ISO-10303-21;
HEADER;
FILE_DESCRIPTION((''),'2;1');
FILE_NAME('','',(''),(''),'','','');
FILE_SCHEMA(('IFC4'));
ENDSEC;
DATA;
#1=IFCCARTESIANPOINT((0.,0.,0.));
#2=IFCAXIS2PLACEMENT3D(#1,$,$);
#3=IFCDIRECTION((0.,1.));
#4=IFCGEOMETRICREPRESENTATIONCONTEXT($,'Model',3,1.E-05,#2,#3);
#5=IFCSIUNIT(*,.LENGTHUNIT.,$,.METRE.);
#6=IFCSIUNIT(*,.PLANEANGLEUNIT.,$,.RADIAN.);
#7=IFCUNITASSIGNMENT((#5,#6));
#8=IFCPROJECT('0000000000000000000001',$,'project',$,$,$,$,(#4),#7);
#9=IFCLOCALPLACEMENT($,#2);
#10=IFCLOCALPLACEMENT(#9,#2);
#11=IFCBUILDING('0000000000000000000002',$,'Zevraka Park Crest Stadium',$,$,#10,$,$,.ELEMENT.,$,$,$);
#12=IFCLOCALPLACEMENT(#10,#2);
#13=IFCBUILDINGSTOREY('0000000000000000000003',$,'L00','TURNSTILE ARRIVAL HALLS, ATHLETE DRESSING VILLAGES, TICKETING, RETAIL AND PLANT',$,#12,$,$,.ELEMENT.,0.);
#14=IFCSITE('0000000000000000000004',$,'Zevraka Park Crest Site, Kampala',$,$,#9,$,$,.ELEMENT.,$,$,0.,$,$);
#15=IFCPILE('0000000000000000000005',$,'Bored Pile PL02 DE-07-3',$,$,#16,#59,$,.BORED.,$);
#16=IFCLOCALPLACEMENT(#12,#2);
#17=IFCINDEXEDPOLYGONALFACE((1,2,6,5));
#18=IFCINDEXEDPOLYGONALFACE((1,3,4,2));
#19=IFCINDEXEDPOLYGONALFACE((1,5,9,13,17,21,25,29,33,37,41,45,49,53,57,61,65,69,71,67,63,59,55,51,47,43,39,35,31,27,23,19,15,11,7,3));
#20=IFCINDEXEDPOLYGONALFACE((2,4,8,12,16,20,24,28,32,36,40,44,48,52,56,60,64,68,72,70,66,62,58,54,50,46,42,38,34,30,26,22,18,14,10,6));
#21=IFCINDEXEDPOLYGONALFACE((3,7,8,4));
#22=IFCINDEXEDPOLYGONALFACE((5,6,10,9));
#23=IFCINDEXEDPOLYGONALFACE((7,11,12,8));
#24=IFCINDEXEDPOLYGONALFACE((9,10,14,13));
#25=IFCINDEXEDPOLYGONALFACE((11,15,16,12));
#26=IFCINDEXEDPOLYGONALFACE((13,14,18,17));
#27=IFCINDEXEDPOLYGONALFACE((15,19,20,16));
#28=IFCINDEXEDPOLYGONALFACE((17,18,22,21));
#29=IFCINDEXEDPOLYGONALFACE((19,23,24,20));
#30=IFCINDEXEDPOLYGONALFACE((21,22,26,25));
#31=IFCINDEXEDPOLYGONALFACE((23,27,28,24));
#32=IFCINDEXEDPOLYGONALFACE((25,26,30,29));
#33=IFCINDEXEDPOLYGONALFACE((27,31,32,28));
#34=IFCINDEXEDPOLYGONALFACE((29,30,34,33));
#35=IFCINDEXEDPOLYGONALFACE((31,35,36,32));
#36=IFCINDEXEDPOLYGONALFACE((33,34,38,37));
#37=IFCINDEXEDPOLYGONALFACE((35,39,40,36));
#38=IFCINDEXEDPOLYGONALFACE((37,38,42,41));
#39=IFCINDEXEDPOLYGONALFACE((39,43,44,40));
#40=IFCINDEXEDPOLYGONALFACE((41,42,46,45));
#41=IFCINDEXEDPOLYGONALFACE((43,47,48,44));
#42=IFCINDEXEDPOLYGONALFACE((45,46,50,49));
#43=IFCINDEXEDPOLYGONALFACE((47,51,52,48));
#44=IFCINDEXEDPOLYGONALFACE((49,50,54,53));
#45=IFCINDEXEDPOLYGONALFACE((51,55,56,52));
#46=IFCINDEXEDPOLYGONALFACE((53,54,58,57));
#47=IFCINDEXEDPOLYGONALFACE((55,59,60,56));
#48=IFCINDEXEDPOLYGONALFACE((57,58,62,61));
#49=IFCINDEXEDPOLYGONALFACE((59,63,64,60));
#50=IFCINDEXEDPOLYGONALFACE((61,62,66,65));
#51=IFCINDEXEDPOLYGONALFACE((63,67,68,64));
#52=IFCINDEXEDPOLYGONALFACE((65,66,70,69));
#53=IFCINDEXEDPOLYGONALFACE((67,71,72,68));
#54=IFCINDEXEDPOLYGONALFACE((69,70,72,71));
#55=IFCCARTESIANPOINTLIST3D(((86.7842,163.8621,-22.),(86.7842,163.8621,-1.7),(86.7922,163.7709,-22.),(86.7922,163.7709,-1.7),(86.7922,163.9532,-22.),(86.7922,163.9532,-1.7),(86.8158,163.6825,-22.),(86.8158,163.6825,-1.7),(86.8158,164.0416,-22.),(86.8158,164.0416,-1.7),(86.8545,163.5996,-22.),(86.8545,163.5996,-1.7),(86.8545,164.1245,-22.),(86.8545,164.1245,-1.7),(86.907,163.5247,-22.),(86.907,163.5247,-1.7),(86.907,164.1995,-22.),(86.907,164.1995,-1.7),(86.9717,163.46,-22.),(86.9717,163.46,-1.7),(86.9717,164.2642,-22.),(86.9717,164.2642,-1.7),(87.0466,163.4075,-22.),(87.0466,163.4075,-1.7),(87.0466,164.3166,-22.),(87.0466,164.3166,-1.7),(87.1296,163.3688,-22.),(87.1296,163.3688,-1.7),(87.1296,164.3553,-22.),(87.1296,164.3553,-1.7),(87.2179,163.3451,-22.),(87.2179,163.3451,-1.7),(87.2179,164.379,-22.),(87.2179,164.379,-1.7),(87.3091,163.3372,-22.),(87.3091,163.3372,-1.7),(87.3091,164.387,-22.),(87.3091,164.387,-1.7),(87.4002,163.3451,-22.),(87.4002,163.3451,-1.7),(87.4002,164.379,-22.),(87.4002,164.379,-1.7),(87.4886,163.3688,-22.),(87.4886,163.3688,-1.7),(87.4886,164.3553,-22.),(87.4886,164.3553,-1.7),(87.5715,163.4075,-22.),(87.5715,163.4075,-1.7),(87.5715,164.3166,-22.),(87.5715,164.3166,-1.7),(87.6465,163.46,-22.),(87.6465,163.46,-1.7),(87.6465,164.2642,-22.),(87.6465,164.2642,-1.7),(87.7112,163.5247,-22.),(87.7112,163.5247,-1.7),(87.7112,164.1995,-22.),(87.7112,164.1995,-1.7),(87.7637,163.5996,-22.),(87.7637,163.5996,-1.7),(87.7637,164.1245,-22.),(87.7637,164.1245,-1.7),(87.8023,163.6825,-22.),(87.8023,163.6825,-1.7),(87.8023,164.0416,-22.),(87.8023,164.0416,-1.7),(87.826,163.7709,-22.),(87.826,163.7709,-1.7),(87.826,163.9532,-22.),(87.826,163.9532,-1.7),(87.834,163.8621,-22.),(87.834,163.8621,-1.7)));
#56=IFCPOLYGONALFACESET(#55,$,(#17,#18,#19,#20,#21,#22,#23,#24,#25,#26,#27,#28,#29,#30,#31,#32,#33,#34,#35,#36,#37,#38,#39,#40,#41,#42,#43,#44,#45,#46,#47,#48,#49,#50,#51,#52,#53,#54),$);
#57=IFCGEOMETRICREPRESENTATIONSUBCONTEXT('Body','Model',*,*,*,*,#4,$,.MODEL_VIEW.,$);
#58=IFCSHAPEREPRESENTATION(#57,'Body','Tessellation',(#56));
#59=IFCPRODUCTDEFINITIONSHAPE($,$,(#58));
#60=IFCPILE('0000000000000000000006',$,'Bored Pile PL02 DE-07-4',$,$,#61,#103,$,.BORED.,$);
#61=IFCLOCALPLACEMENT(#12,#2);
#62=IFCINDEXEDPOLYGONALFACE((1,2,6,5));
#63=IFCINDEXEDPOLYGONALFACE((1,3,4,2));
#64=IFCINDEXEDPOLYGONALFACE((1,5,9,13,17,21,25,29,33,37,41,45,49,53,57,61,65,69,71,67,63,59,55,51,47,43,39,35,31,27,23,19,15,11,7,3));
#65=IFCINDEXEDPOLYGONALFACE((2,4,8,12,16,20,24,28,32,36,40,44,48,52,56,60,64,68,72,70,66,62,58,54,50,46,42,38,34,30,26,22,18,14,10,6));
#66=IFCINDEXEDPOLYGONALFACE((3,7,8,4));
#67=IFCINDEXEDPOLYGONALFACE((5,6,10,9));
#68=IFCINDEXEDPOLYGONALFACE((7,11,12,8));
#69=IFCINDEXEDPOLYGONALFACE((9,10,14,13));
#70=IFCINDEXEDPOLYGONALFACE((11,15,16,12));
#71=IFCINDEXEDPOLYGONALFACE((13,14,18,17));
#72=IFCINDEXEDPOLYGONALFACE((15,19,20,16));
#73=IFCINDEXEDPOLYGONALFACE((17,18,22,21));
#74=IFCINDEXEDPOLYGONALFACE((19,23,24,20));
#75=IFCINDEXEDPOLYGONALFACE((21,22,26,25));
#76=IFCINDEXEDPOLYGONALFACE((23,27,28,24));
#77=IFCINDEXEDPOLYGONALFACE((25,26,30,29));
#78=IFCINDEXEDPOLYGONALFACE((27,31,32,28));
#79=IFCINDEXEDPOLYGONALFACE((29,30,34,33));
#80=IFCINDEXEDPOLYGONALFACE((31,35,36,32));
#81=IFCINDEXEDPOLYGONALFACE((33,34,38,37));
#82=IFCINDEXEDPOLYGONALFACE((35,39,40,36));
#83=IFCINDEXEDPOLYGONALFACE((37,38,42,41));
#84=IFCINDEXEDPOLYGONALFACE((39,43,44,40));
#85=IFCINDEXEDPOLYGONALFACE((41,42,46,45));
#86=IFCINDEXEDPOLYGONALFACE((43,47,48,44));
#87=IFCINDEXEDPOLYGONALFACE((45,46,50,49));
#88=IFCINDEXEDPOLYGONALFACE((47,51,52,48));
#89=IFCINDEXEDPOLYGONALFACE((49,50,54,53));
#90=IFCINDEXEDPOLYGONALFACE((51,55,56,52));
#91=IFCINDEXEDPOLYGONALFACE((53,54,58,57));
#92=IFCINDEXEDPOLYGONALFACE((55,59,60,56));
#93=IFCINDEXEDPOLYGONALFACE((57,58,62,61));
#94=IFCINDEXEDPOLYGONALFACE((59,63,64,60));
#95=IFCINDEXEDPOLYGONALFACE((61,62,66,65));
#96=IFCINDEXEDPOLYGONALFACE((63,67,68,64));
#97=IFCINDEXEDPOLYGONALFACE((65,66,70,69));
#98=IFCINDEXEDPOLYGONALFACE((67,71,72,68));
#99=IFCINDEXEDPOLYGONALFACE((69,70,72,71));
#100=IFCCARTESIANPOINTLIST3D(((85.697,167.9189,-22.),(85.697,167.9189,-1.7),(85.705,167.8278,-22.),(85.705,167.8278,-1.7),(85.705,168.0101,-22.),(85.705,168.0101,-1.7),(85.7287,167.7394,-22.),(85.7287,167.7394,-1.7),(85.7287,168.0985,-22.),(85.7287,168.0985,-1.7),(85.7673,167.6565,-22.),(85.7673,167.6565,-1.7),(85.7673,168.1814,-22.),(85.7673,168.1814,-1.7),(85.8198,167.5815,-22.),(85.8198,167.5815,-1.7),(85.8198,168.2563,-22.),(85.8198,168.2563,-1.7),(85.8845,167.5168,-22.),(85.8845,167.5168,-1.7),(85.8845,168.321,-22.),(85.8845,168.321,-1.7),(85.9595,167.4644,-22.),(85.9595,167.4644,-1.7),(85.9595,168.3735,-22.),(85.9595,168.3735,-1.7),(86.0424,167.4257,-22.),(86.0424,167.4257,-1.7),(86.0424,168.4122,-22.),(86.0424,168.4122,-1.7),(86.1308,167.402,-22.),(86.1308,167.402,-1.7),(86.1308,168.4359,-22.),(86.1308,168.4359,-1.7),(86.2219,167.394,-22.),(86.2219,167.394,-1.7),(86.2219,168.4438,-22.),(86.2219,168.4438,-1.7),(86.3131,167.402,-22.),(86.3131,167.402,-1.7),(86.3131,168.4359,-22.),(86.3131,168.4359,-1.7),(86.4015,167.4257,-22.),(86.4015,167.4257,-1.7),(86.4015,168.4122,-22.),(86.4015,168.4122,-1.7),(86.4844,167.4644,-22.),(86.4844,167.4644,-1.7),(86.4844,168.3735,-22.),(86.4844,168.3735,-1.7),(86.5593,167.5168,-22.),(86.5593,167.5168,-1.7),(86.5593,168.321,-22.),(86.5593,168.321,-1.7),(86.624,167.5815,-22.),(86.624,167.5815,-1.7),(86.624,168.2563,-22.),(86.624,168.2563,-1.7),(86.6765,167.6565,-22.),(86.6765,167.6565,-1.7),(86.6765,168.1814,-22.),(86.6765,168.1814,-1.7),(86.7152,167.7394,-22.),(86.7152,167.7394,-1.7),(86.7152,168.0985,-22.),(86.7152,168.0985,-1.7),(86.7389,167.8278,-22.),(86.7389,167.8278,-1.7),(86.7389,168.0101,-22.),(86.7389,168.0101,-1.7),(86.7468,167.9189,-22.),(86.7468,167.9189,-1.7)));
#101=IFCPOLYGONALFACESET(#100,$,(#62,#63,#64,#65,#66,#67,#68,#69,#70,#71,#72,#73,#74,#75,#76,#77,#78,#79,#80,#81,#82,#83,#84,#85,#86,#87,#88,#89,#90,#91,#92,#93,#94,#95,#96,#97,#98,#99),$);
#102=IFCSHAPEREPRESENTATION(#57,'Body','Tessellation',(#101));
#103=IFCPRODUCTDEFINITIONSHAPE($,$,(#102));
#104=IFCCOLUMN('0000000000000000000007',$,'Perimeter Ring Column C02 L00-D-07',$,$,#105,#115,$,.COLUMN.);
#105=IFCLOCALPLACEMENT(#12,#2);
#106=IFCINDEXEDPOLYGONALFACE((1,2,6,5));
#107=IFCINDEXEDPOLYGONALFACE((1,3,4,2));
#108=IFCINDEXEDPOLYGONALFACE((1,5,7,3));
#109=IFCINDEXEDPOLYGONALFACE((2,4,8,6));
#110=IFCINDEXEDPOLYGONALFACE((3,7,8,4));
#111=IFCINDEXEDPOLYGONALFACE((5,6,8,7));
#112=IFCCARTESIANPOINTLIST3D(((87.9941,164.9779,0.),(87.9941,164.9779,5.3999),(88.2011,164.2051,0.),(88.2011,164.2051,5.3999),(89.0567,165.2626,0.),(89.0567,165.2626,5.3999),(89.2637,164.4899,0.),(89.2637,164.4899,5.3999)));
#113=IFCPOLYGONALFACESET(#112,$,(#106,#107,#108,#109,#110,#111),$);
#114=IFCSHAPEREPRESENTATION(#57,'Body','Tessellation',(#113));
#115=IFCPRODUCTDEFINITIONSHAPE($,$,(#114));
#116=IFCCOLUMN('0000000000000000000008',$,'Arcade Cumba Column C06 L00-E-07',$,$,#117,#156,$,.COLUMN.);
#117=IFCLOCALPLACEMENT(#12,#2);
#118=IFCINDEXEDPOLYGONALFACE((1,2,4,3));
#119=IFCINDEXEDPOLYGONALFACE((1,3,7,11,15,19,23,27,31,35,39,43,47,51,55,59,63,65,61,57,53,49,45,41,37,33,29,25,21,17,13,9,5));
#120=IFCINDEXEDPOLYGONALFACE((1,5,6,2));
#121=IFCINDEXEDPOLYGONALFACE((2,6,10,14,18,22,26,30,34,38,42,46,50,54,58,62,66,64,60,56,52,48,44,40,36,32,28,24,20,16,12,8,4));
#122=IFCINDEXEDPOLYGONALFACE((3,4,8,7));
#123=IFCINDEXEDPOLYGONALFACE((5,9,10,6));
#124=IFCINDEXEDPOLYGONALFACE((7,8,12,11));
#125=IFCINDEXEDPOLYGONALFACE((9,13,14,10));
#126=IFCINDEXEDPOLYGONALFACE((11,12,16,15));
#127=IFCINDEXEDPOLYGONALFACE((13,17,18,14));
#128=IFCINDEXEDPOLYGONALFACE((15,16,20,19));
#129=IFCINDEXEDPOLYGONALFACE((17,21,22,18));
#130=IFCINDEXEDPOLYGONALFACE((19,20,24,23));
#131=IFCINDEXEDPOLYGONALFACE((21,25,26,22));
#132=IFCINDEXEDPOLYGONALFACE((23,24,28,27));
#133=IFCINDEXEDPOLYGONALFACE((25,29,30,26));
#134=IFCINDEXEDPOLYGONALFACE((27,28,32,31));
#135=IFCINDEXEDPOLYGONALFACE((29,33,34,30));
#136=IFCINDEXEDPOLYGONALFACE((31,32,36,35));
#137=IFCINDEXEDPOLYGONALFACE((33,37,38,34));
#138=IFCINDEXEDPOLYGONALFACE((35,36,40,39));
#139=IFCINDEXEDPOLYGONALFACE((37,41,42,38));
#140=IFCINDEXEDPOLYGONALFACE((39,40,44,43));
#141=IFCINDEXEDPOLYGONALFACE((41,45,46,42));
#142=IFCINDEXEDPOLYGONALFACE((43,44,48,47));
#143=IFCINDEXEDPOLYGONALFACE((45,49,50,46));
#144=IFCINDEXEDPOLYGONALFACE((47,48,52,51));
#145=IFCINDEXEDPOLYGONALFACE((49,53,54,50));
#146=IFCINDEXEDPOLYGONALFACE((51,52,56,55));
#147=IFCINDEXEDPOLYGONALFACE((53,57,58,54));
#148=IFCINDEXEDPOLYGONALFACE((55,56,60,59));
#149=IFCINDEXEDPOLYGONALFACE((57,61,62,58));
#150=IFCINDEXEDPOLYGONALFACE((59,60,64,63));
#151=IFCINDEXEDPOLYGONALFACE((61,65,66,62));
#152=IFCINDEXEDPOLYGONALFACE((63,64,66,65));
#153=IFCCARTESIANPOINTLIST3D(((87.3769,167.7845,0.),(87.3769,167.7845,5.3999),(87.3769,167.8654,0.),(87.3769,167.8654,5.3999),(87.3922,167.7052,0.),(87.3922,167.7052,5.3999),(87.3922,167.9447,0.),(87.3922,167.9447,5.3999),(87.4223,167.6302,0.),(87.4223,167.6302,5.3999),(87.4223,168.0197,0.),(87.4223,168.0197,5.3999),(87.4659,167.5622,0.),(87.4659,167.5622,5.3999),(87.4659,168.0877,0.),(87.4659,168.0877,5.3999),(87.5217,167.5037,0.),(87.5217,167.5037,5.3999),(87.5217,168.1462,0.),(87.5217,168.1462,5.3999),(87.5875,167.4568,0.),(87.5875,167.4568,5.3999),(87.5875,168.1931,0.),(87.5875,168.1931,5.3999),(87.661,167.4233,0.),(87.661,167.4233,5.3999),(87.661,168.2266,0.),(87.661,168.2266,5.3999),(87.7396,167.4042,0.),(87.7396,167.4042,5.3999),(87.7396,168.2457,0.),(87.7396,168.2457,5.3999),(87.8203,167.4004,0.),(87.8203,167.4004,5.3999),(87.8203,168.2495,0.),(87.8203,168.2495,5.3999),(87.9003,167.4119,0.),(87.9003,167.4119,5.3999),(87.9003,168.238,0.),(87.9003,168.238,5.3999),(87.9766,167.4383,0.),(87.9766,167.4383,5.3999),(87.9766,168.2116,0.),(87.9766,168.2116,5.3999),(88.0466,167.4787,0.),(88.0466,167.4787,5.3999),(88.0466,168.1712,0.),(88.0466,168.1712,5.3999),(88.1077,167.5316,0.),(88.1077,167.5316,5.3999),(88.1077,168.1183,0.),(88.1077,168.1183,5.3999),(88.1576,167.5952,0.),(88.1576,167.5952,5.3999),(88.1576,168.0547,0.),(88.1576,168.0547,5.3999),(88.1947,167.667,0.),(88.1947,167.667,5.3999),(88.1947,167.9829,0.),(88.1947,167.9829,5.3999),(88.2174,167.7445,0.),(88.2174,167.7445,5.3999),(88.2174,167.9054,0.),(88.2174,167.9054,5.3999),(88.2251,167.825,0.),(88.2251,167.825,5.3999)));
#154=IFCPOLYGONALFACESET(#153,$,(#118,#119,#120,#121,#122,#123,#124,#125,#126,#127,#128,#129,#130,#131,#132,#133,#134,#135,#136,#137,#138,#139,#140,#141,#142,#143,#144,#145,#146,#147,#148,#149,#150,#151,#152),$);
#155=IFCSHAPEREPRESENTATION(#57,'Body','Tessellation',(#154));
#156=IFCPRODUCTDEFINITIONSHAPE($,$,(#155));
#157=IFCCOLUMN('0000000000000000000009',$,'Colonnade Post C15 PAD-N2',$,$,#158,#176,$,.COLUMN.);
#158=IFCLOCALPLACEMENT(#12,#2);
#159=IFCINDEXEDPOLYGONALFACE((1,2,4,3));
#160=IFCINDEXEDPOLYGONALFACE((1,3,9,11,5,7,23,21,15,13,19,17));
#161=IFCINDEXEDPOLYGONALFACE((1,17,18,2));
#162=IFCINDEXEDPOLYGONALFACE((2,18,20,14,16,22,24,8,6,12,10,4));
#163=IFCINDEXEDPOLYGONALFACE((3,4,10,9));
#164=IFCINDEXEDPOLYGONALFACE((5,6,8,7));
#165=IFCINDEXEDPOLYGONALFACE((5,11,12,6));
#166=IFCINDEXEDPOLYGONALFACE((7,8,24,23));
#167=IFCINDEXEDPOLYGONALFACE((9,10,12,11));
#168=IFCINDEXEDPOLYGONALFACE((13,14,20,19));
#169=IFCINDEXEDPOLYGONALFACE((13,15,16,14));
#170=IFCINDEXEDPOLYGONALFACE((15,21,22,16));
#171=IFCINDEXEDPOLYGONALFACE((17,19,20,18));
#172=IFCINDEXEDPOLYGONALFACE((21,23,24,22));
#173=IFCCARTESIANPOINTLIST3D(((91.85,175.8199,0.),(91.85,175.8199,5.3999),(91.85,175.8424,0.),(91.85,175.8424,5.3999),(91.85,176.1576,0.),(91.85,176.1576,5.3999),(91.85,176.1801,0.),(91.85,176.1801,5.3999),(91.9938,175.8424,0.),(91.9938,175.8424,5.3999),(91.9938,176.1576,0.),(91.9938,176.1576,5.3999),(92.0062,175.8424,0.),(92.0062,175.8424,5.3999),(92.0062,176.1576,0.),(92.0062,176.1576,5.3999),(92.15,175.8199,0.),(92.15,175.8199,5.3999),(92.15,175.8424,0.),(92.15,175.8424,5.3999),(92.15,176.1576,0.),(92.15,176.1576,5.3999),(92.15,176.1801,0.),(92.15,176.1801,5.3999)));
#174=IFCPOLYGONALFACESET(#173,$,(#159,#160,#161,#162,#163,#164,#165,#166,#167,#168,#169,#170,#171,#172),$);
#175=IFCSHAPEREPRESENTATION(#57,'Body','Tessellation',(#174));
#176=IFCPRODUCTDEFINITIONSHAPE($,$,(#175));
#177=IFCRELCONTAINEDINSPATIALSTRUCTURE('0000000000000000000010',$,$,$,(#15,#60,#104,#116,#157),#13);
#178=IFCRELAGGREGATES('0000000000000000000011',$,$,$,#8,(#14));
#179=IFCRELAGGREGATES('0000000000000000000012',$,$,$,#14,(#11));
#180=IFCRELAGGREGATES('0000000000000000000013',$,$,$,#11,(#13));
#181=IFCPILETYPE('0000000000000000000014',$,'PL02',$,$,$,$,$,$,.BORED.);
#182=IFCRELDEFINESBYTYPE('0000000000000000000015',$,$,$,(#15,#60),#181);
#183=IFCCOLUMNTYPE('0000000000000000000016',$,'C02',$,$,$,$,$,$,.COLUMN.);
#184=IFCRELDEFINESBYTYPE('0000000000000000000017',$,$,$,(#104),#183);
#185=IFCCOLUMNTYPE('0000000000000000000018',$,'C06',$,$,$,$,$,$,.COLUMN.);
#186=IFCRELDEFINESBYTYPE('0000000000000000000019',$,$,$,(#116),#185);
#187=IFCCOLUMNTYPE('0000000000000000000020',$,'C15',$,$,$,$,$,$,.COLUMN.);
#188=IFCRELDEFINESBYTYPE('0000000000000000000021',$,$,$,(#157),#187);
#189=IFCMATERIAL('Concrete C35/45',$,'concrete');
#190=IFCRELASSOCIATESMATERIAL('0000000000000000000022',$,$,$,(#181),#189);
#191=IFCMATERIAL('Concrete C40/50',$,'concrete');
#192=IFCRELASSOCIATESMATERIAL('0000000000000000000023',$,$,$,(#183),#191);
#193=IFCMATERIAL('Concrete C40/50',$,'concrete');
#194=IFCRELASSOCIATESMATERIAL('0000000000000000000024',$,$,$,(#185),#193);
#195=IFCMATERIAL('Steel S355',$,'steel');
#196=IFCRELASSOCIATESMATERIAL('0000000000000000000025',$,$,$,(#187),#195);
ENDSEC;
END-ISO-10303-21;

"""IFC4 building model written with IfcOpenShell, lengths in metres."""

from ifc_helpers import new_model, si_unit, direction, frame, origin, origin_2d, place, context, subcontext, project, spatial, rectangle, circle, i_section, extrude, material, material_profile, profile_set, type_object, element, save


model = new_model("IFC4")

# Units and contexts
model_context = context("Model", 3, precision=1e-05, world=origin(), true_north=direction((0.0, 1.0)))
body_context = subcontext(model_context, "Body", "Model", "MODEL_VIEW")
ifc_project = project(units=[si_unit("LENGTHUNIT", "METRE"), si_unit("PLANEANGLEUNIT", "RADIAN")], contexts=[model_context])

# Site, building, storey
site_placement = place(None, origin())
site = spatial("IfcSite", under=ifc_project, at=site_placement, Name="Zevraka Park Crest Site, Kampala", CompositionType="ELEMENT", RefElevation=0.0)
building_placement = place(site_placement, origin())
building = spatial("IfcBuilding", under=site, at=building_placement, Name="Zevraka Park Crest Stadium", CompositionType="ELEMENT")
storey_placement = place(building_placement, origin())
storey = spatial("IfcBuildingStorey", under=building, at=storey_placement, Name="L00", Description="TURNSTILE ARRIVAL HALLS, ATHLETE DRESSING VILLAGES, TICKETING, RETAIL AND PLANT", CompositionType="ELEMENT", Elevation=0.0)

# Piles
ifc_material_1 = material(Name="Concrete C35/45", Category="concrete")
ifc_material_profile_1 = material_profile(ifc_material_1, circle(Radius=0.5249, at=origin_2d()), Name="PILE D1050")
ifc_profile_set_1 = profile_set([ifc_material_profile_1], Name="Concrete C35/45")
pile_type = type_object("IfcPileType", Name="PL02", PredefinedType="BORED", material=ifc_profile_set_1)
for number, where, z_axis, x_axis, name in (
    (1, (87.3091, 163.8621, -1.7), (0.0, 0.0, -1.0), (1.0, 0.0, 0.0), "Bored Pile PL02 DE-07-3"),
    (2, (86.2219, 167.9189, -1.7), (0.0, 0.0, -1.0), (1.0, 0.0, 0.0), "Bored Pile PL02 DE-07-4"),
):
    element("IfcPile", number, at=place(storey_placement, frame(where, z_axis=z_axis, x_axis=x_axis)), inside=storey, type_object=pile_type, Name=name, PredefinedType="BORED", context=body_context, shape_type="SweptSolid", body=[
        extrude(circle(Radius=0.5249, at=origin_2d()), origin(), (0.0, 0.0, 1.0), 20.3),
    ])

# Columns
ifc_material_2 = material(Name="Concrete C40/50", Category="concrete")
ifc_material_profile_2 = material_profile(ifc_material_2, rectangle(XDim=0.8, YDim=1.1001, at=origin_2d()), Name="RC 1100x800")
ifc_profile_set_2 = profile_set([ifc_material_profile_2], Name="Concrete C40/50")
column_type_1 = type_object("IfcColumnType", Name="C02", PredefinedType="COLUMN", material=ifc_profile_set_2)
column_1_placement = place(storey_placement, frame((88.6289, 164.7339, 0.0), z_axis=(0.0, 0.0, 1.0), x_axis=(-0.258819, 0.965926, 0.0)))
element("IfcColumn", 3, at=column_1_placement, inside=storey, type_object=column_type_1, Name="Perimeter Ring Column C02 L00-D-07", PredefinedType="COLUMN", context=body_context, shape_type="SweptSolid", body=[
    extrude(rectangle(XDim=0.8, YDim=1.1001, at=origin_2d()), origin(), (0.0, 0.0, 1.0), 5.3999),
])
ifc_material_3 = material(Name="Concrete C40/50", Category="concrete")
ifc_material_profile_3 = material_profile(ifc_material_3, circle(Radius=0.425, at=origin_2d()), Name="RC D850")
ifc_profile_set_3 = profile_set([ifc_material_profile_3], Name="Concrete C40/50")
column_type_2 = type_object("IfcColumnType", Name="C06", PredefinedType="COLUMN", material=ifc_profile_set_3)
column_2_placement = place(storey_placement, frame((87.8, 167.825, 0.0), z_axis=(0.0, 0.0, 1.0), x_axis=(1.0, 0.0, 0.0)))
element("IfcColumn", 4, at=column_2_placement, inside=storey, type_object=column_type_2, Name="Arcade Cumba Column C06 L00-E-07", PredefinedType="COLUMN", context=body_context, shape_type="SweptSolid", body=[
    extrude(circle(Radius=0.425, at=origin_2d()), origin(), (0.0, 0.0, 1.0), 5.3999),
])
ifc_material_4 = material(Name="Steel S355", Category="steel")
ifc_material_profile_4 = material_profile(ifc_material_4, i_section(OverallWidth=0.3, OverallDepth=0.3601, WebThickness=0.0125, FlangeThickness=0.0225, at=origin_2d()), Name="HEB 360")
ifc_profile_set_4 = profile_set([ifc_material_profile_4], Name="Steel S355")
column_type_3 = type_object("IfcColumnType", Name="C15", PredefinedType="COLUMN", material=ifc_profile_set_4)
column_3_placement = place(storey_placement, frame((92.0, 176.0, 0.0), z_axis=(0.0, 0.0, 1.0), x_axis=(1.0, 0.0, 0.0)))
element("IfcColumn", 5, at=column_3_placement, inside=storey, type_object=column_type_3, Name="Colonnade Post C15 PAD-N2", PredefinedType="COLUMN", context=body_context, shape_type="SweptSolid", body=[
    extrude(i_section(OverallWidth=0.3, OverallDepth=0.3601, WebThickness=0.0125, FlangeThickness=0.0225, at=origin_2d()), origin(), (0.0, 0.0, 1.0), 5.3999),
])

save(model, "model.ifc")
